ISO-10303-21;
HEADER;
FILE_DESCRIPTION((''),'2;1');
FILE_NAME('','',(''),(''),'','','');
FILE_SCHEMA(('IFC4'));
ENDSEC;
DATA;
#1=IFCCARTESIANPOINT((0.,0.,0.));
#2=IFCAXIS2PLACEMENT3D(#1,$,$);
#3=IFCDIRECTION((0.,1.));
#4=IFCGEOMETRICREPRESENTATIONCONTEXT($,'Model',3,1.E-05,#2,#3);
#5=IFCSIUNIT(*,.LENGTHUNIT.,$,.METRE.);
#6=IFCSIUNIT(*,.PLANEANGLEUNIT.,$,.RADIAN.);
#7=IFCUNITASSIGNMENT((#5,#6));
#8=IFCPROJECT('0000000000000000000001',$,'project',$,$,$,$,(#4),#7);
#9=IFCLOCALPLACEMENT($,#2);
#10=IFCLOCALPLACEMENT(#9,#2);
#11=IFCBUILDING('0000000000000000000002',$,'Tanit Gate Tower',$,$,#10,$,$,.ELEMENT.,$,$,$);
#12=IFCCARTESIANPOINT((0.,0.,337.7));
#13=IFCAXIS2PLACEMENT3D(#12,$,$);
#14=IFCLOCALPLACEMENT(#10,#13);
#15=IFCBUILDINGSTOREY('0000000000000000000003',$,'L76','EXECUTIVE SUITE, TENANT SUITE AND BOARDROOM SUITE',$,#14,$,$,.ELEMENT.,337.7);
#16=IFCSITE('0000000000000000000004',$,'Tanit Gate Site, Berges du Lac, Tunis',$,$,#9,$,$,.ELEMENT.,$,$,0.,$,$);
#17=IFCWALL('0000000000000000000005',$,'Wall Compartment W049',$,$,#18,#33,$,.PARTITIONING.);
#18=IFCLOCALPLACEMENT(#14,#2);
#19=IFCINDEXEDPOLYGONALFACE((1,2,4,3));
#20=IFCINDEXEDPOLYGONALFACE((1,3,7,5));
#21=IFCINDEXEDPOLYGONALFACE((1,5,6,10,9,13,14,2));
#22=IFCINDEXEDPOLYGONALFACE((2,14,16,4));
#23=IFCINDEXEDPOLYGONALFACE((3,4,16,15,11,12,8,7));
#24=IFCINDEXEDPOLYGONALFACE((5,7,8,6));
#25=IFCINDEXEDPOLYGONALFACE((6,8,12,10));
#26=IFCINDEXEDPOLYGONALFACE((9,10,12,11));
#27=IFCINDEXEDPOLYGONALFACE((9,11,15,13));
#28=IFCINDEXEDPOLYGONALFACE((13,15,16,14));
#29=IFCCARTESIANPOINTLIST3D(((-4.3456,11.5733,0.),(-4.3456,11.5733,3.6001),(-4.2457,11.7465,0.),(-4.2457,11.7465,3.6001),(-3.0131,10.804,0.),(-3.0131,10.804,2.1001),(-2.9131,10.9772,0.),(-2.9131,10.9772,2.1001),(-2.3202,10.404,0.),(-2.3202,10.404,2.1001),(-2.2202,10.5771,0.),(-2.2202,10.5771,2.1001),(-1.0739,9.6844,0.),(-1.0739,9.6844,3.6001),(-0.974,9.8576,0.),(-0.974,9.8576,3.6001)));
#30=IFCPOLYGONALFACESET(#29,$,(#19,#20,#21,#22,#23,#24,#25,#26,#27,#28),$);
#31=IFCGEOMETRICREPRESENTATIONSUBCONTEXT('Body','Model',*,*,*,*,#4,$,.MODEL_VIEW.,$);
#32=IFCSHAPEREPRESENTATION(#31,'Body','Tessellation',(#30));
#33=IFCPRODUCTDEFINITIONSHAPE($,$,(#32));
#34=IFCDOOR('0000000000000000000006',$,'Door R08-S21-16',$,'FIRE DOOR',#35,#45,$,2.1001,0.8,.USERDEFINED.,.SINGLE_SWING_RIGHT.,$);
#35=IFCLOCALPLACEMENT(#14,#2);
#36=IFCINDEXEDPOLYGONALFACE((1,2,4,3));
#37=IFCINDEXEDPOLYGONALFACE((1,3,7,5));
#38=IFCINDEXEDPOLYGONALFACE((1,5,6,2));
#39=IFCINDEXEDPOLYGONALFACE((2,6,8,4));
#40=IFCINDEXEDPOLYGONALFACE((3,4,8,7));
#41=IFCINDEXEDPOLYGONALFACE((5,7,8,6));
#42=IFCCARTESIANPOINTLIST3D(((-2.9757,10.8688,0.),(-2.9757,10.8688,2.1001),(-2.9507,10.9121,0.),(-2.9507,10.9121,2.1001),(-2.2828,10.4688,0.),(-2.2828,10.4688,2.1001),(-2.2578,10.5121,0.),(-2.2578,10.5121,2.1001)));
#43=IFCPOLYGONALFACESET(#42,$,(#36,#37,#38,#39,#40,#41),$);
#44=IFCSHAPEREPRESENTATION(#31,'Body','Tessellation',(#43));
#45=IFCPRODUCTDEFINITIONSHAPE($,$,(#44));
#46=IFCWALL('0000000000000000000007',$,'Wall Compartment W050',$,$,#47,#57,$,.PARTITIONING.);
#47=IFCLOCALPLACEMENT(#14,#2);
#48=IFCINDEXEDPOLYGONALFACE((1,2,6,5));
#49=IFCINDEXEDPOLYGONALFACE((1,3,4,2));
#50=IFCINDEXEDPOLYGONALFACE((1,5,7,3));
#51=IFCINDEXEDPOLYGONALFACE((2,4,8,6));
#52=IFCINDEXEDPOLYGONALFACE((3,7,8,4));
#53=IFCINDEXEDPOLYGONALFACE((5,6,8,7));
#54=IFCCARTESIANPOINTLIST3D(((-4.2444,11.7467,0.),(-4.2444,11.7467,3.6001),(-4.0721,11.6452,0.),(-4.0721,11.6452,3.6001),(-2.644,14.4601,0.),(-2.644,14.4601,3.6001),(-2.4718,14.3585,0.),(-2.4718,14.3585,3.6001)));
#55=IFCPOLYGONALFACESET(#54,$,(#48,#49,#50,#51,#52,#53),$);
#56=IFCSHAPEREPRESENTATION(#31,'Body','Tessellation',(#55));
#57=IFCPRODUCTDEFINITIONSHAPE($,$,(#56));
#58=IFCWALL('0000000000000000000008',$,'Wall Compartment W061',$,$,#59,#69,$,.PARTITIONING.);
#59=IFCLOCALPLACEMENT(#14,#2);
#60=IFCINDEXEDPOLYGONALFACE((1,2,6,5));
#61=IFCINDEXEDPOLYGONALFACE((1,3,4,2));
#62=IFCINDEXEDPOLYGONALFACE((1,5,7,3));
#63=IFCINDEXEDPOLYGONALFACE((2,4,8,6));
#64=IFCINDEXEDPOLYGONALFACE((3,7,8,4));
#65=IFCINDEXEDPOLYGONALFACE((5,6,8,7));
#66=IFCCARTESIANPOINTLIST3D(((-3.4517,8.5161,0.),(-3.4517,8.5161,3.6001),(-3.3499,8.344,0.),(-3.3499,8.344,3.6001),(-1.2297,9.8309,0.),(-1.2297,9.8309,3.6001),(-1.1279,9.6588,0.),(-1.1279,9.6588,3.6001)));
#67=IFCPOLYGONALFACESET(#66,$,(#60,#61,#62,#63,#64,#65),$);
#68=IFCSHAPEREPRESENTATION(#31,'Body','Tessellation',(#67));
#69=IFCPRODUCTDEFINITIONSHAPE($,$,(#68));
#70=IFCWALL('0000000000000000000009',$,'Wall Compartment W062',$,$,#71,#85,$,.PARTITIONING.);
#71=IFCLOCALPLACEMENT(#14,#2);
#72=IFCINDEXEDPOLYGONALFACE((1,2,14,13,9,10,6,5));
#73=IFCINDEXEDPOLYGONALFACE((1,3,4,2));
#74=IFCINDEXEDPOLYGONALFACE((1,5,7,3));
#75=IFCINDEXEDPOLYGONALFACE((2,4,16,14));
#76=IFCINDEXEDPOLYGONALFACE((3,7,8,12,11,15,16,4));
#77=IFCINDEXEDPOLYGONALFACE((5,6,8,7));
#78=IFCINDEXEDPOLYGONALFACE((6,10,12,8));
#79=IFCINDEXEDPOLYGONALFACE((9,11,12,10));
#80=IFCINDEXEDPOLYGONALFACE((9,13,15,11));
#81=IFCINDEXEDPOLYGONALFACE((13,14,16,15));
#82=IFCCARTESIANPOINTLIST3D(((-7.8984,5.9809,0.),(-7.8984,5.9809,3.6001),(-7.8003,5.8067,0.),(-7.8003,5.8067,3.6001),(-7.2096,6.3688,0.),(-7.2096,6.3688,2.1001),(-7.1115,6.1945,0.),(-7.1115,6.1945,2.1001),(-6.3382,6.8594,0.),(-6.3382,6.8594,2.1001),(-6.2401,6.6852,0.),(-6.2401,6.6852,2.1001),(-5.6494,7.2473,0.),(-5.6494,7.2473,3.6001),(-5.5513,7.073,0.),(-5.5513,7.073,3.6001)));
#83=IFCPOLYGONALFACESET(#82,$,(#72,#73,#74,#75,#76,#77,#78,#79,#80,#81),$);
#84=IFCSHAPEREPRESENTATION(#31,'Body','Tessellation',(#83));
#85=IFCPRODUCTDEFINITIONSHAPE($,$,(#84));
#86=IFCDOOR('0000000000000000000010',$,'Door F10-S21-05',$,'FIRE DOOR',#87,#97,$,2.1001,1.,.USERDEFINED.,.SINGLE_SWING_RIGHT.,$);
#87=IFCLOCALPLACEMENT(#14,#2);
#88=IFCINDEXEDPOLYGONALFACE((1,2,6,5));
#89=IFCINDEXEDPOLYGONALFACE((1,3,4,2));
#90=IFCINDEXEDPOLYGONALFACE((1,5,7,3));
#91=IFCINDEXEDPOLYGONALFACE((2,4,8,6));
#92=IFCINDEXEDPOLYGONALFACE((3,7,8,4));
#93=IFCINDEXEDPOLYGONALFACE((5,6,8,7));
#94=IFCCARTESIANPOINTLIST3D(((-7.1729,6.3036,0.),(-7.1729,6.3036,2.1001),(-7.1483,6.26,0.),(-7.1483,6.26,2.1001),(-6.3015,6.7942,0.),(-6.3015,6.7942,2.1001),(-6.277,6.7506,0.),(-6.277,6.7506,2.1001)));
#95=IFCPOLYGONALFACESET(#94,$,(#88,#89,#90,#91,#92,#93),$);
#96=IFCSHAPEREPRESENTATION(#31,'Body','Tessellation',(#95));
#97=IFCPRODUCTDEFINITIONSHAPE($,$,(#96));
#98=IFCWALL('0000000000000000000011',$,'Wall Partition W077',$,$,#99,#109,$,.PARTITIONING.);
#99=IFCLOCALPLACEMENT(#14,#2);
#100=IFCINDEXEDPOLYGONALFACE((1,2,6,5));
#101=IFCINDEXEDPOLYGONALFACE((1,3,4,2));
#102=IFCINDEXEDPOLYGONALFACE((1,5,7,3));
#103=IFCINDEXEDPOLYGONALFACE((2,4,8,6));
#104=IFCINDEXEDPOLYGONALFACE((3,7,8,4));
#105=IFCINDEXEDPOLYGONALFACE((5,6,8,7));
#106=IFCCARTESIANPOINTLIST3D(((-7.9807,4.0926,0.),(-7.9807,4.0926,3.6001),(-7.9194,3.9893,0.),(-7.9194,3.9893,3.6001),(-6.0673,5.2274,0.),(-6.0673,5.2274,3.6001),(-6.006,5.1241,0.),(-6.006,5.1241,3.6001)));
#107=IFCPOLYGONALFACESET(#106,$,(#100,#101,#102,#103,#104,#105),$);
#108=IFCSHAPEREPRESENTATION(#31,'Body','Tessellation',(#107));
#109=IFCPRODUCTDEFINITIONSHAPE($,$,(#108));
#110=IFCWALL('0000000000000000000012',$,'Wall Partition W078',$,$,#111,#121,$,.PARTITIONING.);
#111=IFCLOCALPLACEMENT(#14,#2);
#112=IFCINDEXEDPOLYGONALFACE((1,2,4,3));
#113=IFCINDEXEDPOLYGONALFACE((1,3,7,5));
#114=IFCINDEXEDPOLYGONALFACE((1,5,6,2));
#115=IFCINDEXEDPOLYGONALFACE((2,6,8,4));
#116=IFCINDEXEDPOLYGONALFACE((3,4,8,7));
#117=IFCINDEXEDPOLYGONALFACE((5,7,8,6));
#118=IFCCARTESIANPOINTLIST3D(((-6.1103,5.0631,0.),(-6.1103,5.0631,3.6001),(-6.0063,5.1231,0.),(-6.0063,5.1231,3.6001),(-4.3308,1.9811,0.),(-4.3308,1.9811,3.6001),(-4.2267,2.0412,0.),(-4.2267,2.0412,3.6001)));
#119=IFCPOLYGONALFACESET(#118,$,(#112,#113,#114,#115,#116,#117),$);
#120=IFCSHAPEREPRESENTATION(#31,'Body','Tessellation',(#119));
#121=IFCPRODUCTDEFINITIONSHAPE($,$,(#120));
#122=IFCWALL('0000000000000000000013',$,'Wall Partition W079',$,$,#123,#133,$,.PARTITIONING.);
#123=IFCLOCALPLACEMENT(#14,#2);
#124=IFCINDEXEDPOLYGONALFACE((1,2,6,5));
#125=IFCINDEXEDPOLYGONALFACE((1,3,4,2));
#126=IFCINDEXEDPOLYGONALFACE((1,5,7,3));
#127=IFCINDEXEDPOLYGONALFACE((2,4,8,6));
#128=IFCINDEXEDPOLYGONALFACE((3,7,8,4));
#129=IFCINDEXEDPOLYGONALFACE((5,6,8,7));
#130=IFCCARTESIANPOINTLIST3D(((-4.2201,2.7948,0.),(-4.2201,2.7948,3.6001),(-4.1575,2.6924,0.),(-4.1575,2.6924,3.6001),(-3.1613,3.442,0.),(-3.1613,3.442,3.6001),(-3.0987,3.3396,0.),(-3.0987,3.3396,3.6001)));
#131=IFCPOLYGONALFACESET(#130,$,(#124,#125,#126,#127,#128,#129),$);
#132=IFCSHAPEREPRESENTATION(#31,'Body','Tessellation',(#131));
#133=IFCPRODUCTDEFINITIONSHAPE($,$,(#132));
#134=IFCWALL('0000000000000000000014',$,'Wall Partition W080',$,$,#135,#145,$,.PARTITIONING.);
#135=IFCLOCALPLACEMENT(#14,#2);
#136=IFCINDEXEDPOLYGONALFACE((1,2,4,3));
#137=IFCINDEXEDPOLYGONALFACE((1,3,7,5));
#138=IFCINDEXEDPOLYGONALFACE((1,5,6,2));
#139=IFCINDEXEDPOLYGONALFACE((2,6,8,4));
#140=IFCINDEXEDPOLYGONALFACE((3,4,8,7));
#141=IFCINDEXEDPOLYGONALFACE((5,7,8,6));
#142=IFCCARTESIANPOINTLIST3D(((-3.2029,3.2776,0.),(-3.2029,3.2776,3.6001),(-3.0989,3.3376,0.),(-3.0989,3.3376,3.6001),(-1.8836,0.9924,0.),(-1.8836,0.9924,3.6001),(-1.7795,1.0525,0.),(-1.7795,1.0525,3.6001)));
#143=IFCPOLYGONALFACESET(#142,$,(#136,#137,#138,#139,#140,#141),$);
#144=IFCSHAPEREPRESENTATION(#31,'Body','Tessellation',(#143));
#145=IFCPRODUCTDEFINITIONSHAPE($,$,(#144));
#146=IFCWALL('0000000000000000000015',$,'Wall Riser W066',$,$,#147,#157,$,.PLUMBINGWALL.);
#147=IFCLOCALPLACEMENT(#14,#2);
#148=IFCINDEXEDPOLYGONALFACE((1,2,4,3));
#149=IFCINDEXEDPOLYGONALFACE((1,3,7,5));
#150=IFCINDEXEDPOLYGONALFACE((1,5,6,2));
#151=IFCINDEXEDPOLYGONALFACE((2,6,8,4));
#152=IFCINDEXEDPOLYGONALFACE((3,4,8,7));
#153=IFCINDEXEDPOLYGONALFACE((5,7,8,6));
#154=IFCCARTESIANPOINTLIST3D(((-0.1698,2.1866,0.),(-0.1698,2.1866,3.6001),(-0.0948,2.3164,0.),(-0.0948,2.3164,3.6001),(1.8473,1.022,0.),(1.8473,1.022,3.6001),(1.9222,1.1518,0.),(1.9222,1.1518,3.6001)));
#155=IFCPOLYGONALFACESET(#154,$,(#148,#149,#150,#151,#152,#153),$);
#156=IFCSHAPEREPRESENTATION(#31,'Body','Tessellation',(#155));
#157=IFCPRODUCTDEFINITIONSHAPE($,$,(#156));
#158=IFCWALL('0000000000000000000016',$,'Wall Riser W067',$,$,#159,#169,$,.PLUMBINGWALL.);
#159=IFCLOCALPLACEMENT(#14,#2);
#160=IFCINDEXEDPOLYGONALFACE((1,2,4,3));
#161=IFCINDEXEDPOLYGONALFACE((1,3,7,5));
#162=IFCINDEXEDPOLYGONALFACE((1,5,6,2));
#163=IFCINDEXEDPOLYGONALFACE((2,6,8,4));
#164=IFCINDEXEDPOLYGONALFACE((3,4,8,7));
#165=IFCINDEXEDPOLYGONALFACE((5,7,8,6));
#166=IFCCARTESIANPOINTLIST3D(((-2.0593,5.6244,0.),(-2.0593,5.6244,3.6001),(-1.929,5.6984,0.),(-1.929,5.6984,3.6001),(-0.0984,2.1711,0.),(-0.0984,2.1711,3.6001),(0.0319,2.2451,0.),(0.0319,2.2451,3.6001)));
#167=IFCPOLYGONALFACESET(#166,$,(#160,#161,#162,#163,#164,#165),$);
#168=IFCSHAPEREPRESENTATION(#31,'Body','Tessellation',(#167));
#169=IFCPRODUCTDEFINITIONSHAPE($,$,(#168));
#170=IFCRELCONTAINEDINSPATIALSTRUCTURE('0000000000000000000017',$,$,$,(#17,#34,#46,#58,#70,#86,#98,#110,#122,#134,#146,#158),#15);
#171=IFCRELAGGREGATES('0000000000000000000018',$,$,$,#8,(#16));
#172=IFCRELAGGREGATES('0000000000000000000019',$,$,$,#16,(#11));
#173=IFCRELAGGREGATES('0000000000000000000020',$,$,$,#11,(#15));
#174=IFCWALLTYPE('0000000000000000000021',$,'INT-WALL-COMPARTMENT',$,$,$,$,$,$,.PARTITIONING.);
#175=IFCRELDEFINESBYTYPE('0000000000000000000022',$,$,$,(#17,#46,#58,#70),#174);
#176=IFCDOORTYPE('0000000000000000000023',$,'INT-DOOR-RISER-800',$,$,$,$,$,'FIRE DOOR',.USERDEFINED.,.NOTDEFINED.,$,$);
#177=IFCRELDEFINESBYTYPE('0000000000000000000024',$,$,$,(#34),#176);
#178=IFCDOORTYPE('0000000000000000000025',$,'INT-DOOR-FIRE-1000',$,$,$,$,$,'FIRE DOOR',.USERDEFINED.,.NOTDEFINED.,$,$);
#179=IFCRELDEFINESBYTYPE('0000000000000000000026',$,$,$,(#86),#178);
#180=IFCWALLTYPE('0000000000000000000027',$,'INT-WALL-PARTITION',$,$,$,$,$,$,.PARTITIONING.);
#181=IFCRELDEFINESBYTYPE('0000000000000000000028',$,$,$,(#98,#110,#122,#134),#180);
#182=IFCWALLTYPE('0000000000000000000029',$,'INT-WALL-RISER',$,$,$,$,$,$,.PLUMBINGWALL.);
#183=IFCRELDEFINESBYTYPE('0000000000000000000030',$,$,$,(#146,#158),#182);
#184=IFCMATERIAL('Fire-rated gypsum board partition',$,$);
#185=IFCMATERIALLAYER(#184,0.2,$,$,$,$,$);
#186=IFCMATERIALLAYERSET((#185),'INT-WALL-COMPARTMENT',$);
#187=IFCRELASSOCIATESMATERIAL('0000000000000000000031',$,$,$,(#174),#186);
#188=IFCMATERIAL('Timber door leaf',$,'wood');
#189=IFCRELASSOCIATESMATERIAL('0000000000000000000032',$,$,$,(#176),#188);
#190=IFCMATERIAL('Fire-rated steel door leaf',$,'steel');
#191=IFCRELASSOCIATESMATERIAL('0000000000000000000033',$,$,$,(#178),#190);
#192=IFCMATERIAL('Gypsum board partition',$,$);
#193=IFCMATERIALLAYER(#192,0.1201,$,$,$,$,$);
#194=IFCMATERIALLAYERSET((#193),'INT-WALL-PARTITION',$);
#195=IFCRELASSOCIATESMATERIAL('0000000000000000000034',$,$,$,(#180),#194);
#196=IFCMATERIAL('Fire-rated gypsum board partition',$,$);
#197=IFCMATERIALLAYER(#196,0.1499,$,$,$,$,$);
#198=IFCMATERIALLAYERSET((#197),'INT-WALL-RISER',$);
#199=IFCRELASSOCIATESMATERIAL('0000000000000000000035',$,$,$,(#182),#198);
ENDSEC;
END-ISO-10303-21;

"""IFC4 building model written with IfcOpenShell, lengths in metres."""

from ifc_helpers import new_model, si_unit, direction, frame, frame_2d, origin, place, context, subcontext, project, spatial, rectangle, extrude, material, layer, layer_set, type_object, element, fill, save


model = new_model("IFC4")

# Units and contexts
model_context = context("Model", 3, precision=1e-05, world=origin(), true_north=direction((0.0, 1.0)))
body_context = subcontext(model_context, "Body", "Model", "MODEL_VIEW")
ifc_project = project(units=[si_unit("LENGTHUNIT", "METRE"), si_unit("PLANEANGLEUNIT", "RADIAN")], contexts=[model_context])

# Site, building, storey
site_placement = place(None, origin())
site = spatial("IfcSite", under=ifc_project, at=site_placement, Name="Tanit Gate Site, Berges du Lac, Tunis", CompositionType="ELEMENT", RefElevation=0.0)
building_placement = place(site_placement, origin())
building = spatial("IfcBuilding", under=site, at=building_placement, Name="Tanit Gate Tower", CompositionType="ELEMENT")
storey_placement = place(building_placement, frame((0.0, 0.0, 337.7)))
storey = spatial("IfcBuildingStorey", under=building, at=storey_placement, Name="L76", Description="EXECUTIVE SUITE, TENANT SUITE AND BOARDROOM SUITE", CompositionType="ELEMENT", Elevation=337.7)

# Wall, opening, door
ifc_material_1 = material(Name="Fire-rated gypsum board partition")
ifc_layer_1 = layer(ifc_material_1, 0.2)
ifc_layer_set_1 = layer_set([ifc_layer_1], Name="INT-WALL-COMPARTMENT")
wall_type_1 = type_object("IfcWallType", Name="INT-WALL-COMPARTMENT", PredefinedType="PARTITIONING", material=ifc_layer_set_1)
wall_1_placement = place(storey_placement, frame((-4.2957, 11.6599, 0.0), z_axis=(0.0, 0.0, 1.0), x_axis=(0.866027, -0.499997, 0.0)))
wall_1 = element("IfcWall", 1, at=wall_1_placement, inside=storey, type_object=wall_type_1, Name="Wall Compartment W049", PredefinedType="PARTITIONING", context=body_context, shape_type="SweptSolid", body=[
    extrude(rectangle(XDim=3.7778, YDim=0.2, at=frame_2d((1.8889, 0.0))), origin(), (0.0, 0.0, 1.0), 3.6001),
])
opening_1_placement = place(wall_1_placement, frame((1.5388, 0.0, 0.0)))
opening_1 = element("IfcOpeningElement", 2, at=opening_1_placement, cuts=wall_1, PredefinedType="OPENING", context=body_context, shape_type="SweptSolid", body=[
    extrude(rectangle(XDim=0.8, YDim=2.1001, at=frame_2d((0.3999, 1.05))), frame((0.0, 0.1099, 0.0), z_axis=(0.0, -1.0, 0.0), x_axis=(1.0, 0.0, 0.0)), (0.0, 0.0, 1.0), 0.22),
])
ifc_material_2 = material(Name="Timber door leaf", Category="wood")
door_type_1 = type_object("IfcDoorType", Name="INT-DOOR-RISER-800", ElementType="FIRE DOOR", OperationType="NOTDEFINED", PredefinedType="USERDEFINED", material=ifc_material_2)
door_1_placement = place(opening_1_placement, origin())
door_1 = element("IfcDoor", 3, at=door_1_placement, inside=storey, type_object=door_type_1, Name="Door R08-S21-16", ObjectType="FIRE DOOR", OperationType="SINGLE_SWING_RIGHT", OverallHeight=2.1001, OverallWidth=0.8, PredefinedType="USERDEFINED", context=body_context, shape_type="SweptSolid", body=[
    extrude(rectangle(XDim=0.8, YDim=2.1001, at=frame_2d((0.3999, 1.05))), frame((0.0, 0.0249, 0.0), z_axis=(0.0, -1.0, 0.0), x_axis=(1.0, 0.0, 0.0)), (0.0, 0.0, 1.0), 0.05),
])
fill(opening_1, door_1)

# Walls
wall_2_placement = place(storey_placement, frame((-2.5579, 14.4094, 0.0), z_axis=(0.0, 0.0, 1.0), x_axis=(-0.508019, -0.861346, 0.0)))
element("IfcWall", 4, at=wall_2_placement, inside=storey, type_object=wall_type_1, Name="Wall Compartment W050", PredefinedType="PARTITIONING", context=body_context, shape_type="SweptSolid", body=[
    extrude(rectangle(XDim=3.1501, YDim=0.2, at=frame_2d((1.5752, 0.0))), origin(), (0.0, 0.0, 1.0), 3.6001),
])
wall_3_placement = place(storey_placement, frame((-1.1787, 9.7449, 0.0), z_axis=(0.0, 0.0, 1.0), x_axis=(-0.860631, -0.509229, 0.0)))
element("IfcWall", 5, at=wall_3_placement, inside=storey, type_object=wall_type_1, Name="Wall Compartment W061", PredefinedType="PARTITIONING", context=body_context, shape_type="SweptSolid", body=[
    extrude(rectangle(XDim=2.5818, YDim=0.2, at=frame_2d((1.291, 0.0))), origin(), (0.0, 0.0, 1.0), 3.6001),
])

# Wall, opening, door
wall_4_placement = place(storey_placement, frame((-5.6003, 7.1602, 0.0), z_axis=(0.0, 0.0, 1.0), x_axis=(-0.871363, -0.490638, 0.0)))
wall_4 = element("IfcWall", 6, at=wall_4_placement, inside=storey, type_object=wall_type_1, Name="Wall Compartment W062", PredefinedType="PARTITIONING", context=body_context, shape_type="SweptSolid", body=[
    extrude(rectangle(XDim=2.5811, YDim=0.2, at=frame_2d((1.2905, 0.0))), origin(), (0.0, 0.0, 1.0), 3.6001),
])
opening_2_placement = place(wall_4_placement, frame((0.7905, 0.0, 0.0)))
opening_2 = element("IfcOpeningElement", 7, at=opening_2_placement, cuts=wall_4, PredefinedType="OPENING", context=body_context, shape_type="SweptSolid", body=[
    extrude(rectangle(XDim=1.0, YDim=2.1001, at=frame_2d((0.5, 1.05))), frame((0.0, 0.1099, 0.0), z_axis=(0.0, -1.0, 0.0), x_axis=(1.0, 0.0, 0.0)), (0.0, 0.0, 1.0), 0.22),
])
ifc_material_3 = material(Name="Fire-rated steel door leaf", Category="steel")
door_type_2 = type_object("IfcDoorType", Name="INT-DOOR-FIRE-1000", ElementType="FIRE DOOR", OperationType="NOTDEFINED", PredefinedType="USERDEFINED", material=ifc_material_3)
door_2_placement = place(opening_2_placement, origin())
door_2 = element("IfcDoor", 8, at=door_2_placement, inside=storey, type_object=door_type_2, Name="Door F10-S21-05", ObjectType="FIRE DOOR", OperationType="SINGLE_SWING_RIGHT", OverallHeight=2.1001, OverallWidth=1.0, PredefinedType="USERDEFINED", context=body_context, shape_type="SweptSolid", body=[
    extrude(rectangle(XDim=1.0, YDim=2.1001, at=frame_2d((0.5, 1.05))), frame((0.0, 0.0249, 0.0), z_axis=(0.0, -1.0, 0.0), x_axis=(1.0, 0.0, 0.0)), (0.0, 0.0, 1.0), 0.05),
])
fill(opening_2, door_2)

# Walls
ifc_material_4 = material(Name="Gypsum board partition")
ifc_layer_2 = layer(ifc_material_4, 0.1201)
ifc_layer_set_2 = layer_set([ifc_layer_2], Name="INT-WALL-PARTITION")
wall_type_2 = type_object("IfcWallType", Name="INT-WALL-PARTITION", PredefinedType="PARTITIONING", material=ifc_layer_set_2)
wall_5_placement = place(storey_placement, frame((-6.0366, 5.1758, 0.0), z_axis=(0.0, 0.0, 1.0), x_axis=(-0.860106, -0.510115, 0.0)))
element("IfcWall", 9, at=wall_5_placement, inside=storey, type_object=wall_type_2, Name="Wall Partition W077", PredefinedType="PARTITIONING", context=body_context, shape_type="SweptSolid", body=[
    extrude(rectangle(XDim=2.2246, YDim=0.1201, at=frame_2d((1.1123, 0.0))), origin(), (0.0, 0.0, 1.0), 3.6001),
])
wall_6_placement = place(storey_placement, frame((-4.2788, 2.0112, 0.0), z_axis=(0.0, 0.0, 1.0), x_axis=(-0.500027, 0.86601, 0.0)))
element("IfcWall", 10, at=wall_6_placement, inside=storey, type_object=wall_type_2, Name="Wall Partition W078", PredefinedType="PARTITIONING", context=body_context, shape_type="SweptSolid", body=[
    extrude(rectangle(XDim=3.5588, YDim=0.1201, at=frame_2d((1.7793, 0.0))), origin(), (0.0, 0.0, 1.0), 3.6001),
])
wall_7_placement = place(storey_placement, frame((-3.1299, 3.3909, 0.0), z_axis=(0.0, 0.0, 1.0), x_axis=(-0.853228, -0.521538, 0.0)))
element("IfcWall", 11, at=wall_7_placement, inside=storey, type_object=wall_type_2, Name="Wall Partition W079", PredefinedType="PARTITIONING", context=body_context, shape_type="SweptSolid", body=[
    extrude(rectangle(XDim=1.241, YDim=0.1201, at=frame_2d((0.6206, 0.0))), origin(), (0.0, 0.0, 1.0), 3.6001),
])
wall_8_placement = place(storey_placement, frame((-1.8315, 1.0225, 0.0), z_axis=(0.0, 0.0, 1.0), x_axis=(-0.5, 0.866025, 0.0)))
element("IfcWall", 12, at=wall_8_placement, inside=storey, type_object=wall_type_2, Name="Wall Partition W080", PredefinedType="PARTITIONING", context=body_context, shape_type="SweptSolid", body=[
    extrude(rectangle(XDim=2.6387, YDim=0.1201, at=frame_2d((1.3193, 0.0))), origin(), (0.0, 0.0, 1.0), 3.6001),
])
ifc_material_5 = material(Name="Fire-rated gypsum board partition")
ifc_layer_3 = layer(ifc_material_5, 0.1499)
ifc_layer_set_3 = layer_set([ifc_layer_3], Name="INT-WALL-RISER")
wall_type_3 = type_object("IfcWallType", Name="INT-WALL-RISER", PredefinedType="PLUMBINGWALL", material=ifc_layer_set_3)
wall_9_placement = place(storey_placement, frame((-0.1323, 2.2515, 0.0), z_axis=(0.0, 0.0, 1.0), x_axis=(0.866028, -0.499995, 0.0)))
element("IfcWall", 13, at=wall_9_placement, inside=storey, type_object=wall_type_3, Name="Wall Riser W066", PredefinedType="PLUMBINGWALL", context=body_context, shape_type="SweptSolid", body=[
    extrude(rectangle(XDim=2.3291, YDim=0.1499, at=frame_2d((1.1646, 0.0))), origin(), (0.0, 0.0, 1.0), 3.6001),
])
wall_10_placement = place(storey_placement, frame((-1.9941, 5.6614, 0.0), z_axis=(0.0, 0.0, 1.0), x_axis=(0.49378, -0.869587, 0.0)))
element("IfcWall", 14, at=wall_10_placement, inside=storey, type_object=wall_type_3, Name="Wall Riser W067", PredefinedType="PLUMBINGWALL", context=body_context, shape_type="SweptSolid", body=[
    extrude(rectangle(XDim=3.9712, YDim=0.1499, at=frame_2d((1.9856, 0.0))), origin(), (0.0, 0.0, 1.0), 3.6001),
])

save(model, "model.ifc")
